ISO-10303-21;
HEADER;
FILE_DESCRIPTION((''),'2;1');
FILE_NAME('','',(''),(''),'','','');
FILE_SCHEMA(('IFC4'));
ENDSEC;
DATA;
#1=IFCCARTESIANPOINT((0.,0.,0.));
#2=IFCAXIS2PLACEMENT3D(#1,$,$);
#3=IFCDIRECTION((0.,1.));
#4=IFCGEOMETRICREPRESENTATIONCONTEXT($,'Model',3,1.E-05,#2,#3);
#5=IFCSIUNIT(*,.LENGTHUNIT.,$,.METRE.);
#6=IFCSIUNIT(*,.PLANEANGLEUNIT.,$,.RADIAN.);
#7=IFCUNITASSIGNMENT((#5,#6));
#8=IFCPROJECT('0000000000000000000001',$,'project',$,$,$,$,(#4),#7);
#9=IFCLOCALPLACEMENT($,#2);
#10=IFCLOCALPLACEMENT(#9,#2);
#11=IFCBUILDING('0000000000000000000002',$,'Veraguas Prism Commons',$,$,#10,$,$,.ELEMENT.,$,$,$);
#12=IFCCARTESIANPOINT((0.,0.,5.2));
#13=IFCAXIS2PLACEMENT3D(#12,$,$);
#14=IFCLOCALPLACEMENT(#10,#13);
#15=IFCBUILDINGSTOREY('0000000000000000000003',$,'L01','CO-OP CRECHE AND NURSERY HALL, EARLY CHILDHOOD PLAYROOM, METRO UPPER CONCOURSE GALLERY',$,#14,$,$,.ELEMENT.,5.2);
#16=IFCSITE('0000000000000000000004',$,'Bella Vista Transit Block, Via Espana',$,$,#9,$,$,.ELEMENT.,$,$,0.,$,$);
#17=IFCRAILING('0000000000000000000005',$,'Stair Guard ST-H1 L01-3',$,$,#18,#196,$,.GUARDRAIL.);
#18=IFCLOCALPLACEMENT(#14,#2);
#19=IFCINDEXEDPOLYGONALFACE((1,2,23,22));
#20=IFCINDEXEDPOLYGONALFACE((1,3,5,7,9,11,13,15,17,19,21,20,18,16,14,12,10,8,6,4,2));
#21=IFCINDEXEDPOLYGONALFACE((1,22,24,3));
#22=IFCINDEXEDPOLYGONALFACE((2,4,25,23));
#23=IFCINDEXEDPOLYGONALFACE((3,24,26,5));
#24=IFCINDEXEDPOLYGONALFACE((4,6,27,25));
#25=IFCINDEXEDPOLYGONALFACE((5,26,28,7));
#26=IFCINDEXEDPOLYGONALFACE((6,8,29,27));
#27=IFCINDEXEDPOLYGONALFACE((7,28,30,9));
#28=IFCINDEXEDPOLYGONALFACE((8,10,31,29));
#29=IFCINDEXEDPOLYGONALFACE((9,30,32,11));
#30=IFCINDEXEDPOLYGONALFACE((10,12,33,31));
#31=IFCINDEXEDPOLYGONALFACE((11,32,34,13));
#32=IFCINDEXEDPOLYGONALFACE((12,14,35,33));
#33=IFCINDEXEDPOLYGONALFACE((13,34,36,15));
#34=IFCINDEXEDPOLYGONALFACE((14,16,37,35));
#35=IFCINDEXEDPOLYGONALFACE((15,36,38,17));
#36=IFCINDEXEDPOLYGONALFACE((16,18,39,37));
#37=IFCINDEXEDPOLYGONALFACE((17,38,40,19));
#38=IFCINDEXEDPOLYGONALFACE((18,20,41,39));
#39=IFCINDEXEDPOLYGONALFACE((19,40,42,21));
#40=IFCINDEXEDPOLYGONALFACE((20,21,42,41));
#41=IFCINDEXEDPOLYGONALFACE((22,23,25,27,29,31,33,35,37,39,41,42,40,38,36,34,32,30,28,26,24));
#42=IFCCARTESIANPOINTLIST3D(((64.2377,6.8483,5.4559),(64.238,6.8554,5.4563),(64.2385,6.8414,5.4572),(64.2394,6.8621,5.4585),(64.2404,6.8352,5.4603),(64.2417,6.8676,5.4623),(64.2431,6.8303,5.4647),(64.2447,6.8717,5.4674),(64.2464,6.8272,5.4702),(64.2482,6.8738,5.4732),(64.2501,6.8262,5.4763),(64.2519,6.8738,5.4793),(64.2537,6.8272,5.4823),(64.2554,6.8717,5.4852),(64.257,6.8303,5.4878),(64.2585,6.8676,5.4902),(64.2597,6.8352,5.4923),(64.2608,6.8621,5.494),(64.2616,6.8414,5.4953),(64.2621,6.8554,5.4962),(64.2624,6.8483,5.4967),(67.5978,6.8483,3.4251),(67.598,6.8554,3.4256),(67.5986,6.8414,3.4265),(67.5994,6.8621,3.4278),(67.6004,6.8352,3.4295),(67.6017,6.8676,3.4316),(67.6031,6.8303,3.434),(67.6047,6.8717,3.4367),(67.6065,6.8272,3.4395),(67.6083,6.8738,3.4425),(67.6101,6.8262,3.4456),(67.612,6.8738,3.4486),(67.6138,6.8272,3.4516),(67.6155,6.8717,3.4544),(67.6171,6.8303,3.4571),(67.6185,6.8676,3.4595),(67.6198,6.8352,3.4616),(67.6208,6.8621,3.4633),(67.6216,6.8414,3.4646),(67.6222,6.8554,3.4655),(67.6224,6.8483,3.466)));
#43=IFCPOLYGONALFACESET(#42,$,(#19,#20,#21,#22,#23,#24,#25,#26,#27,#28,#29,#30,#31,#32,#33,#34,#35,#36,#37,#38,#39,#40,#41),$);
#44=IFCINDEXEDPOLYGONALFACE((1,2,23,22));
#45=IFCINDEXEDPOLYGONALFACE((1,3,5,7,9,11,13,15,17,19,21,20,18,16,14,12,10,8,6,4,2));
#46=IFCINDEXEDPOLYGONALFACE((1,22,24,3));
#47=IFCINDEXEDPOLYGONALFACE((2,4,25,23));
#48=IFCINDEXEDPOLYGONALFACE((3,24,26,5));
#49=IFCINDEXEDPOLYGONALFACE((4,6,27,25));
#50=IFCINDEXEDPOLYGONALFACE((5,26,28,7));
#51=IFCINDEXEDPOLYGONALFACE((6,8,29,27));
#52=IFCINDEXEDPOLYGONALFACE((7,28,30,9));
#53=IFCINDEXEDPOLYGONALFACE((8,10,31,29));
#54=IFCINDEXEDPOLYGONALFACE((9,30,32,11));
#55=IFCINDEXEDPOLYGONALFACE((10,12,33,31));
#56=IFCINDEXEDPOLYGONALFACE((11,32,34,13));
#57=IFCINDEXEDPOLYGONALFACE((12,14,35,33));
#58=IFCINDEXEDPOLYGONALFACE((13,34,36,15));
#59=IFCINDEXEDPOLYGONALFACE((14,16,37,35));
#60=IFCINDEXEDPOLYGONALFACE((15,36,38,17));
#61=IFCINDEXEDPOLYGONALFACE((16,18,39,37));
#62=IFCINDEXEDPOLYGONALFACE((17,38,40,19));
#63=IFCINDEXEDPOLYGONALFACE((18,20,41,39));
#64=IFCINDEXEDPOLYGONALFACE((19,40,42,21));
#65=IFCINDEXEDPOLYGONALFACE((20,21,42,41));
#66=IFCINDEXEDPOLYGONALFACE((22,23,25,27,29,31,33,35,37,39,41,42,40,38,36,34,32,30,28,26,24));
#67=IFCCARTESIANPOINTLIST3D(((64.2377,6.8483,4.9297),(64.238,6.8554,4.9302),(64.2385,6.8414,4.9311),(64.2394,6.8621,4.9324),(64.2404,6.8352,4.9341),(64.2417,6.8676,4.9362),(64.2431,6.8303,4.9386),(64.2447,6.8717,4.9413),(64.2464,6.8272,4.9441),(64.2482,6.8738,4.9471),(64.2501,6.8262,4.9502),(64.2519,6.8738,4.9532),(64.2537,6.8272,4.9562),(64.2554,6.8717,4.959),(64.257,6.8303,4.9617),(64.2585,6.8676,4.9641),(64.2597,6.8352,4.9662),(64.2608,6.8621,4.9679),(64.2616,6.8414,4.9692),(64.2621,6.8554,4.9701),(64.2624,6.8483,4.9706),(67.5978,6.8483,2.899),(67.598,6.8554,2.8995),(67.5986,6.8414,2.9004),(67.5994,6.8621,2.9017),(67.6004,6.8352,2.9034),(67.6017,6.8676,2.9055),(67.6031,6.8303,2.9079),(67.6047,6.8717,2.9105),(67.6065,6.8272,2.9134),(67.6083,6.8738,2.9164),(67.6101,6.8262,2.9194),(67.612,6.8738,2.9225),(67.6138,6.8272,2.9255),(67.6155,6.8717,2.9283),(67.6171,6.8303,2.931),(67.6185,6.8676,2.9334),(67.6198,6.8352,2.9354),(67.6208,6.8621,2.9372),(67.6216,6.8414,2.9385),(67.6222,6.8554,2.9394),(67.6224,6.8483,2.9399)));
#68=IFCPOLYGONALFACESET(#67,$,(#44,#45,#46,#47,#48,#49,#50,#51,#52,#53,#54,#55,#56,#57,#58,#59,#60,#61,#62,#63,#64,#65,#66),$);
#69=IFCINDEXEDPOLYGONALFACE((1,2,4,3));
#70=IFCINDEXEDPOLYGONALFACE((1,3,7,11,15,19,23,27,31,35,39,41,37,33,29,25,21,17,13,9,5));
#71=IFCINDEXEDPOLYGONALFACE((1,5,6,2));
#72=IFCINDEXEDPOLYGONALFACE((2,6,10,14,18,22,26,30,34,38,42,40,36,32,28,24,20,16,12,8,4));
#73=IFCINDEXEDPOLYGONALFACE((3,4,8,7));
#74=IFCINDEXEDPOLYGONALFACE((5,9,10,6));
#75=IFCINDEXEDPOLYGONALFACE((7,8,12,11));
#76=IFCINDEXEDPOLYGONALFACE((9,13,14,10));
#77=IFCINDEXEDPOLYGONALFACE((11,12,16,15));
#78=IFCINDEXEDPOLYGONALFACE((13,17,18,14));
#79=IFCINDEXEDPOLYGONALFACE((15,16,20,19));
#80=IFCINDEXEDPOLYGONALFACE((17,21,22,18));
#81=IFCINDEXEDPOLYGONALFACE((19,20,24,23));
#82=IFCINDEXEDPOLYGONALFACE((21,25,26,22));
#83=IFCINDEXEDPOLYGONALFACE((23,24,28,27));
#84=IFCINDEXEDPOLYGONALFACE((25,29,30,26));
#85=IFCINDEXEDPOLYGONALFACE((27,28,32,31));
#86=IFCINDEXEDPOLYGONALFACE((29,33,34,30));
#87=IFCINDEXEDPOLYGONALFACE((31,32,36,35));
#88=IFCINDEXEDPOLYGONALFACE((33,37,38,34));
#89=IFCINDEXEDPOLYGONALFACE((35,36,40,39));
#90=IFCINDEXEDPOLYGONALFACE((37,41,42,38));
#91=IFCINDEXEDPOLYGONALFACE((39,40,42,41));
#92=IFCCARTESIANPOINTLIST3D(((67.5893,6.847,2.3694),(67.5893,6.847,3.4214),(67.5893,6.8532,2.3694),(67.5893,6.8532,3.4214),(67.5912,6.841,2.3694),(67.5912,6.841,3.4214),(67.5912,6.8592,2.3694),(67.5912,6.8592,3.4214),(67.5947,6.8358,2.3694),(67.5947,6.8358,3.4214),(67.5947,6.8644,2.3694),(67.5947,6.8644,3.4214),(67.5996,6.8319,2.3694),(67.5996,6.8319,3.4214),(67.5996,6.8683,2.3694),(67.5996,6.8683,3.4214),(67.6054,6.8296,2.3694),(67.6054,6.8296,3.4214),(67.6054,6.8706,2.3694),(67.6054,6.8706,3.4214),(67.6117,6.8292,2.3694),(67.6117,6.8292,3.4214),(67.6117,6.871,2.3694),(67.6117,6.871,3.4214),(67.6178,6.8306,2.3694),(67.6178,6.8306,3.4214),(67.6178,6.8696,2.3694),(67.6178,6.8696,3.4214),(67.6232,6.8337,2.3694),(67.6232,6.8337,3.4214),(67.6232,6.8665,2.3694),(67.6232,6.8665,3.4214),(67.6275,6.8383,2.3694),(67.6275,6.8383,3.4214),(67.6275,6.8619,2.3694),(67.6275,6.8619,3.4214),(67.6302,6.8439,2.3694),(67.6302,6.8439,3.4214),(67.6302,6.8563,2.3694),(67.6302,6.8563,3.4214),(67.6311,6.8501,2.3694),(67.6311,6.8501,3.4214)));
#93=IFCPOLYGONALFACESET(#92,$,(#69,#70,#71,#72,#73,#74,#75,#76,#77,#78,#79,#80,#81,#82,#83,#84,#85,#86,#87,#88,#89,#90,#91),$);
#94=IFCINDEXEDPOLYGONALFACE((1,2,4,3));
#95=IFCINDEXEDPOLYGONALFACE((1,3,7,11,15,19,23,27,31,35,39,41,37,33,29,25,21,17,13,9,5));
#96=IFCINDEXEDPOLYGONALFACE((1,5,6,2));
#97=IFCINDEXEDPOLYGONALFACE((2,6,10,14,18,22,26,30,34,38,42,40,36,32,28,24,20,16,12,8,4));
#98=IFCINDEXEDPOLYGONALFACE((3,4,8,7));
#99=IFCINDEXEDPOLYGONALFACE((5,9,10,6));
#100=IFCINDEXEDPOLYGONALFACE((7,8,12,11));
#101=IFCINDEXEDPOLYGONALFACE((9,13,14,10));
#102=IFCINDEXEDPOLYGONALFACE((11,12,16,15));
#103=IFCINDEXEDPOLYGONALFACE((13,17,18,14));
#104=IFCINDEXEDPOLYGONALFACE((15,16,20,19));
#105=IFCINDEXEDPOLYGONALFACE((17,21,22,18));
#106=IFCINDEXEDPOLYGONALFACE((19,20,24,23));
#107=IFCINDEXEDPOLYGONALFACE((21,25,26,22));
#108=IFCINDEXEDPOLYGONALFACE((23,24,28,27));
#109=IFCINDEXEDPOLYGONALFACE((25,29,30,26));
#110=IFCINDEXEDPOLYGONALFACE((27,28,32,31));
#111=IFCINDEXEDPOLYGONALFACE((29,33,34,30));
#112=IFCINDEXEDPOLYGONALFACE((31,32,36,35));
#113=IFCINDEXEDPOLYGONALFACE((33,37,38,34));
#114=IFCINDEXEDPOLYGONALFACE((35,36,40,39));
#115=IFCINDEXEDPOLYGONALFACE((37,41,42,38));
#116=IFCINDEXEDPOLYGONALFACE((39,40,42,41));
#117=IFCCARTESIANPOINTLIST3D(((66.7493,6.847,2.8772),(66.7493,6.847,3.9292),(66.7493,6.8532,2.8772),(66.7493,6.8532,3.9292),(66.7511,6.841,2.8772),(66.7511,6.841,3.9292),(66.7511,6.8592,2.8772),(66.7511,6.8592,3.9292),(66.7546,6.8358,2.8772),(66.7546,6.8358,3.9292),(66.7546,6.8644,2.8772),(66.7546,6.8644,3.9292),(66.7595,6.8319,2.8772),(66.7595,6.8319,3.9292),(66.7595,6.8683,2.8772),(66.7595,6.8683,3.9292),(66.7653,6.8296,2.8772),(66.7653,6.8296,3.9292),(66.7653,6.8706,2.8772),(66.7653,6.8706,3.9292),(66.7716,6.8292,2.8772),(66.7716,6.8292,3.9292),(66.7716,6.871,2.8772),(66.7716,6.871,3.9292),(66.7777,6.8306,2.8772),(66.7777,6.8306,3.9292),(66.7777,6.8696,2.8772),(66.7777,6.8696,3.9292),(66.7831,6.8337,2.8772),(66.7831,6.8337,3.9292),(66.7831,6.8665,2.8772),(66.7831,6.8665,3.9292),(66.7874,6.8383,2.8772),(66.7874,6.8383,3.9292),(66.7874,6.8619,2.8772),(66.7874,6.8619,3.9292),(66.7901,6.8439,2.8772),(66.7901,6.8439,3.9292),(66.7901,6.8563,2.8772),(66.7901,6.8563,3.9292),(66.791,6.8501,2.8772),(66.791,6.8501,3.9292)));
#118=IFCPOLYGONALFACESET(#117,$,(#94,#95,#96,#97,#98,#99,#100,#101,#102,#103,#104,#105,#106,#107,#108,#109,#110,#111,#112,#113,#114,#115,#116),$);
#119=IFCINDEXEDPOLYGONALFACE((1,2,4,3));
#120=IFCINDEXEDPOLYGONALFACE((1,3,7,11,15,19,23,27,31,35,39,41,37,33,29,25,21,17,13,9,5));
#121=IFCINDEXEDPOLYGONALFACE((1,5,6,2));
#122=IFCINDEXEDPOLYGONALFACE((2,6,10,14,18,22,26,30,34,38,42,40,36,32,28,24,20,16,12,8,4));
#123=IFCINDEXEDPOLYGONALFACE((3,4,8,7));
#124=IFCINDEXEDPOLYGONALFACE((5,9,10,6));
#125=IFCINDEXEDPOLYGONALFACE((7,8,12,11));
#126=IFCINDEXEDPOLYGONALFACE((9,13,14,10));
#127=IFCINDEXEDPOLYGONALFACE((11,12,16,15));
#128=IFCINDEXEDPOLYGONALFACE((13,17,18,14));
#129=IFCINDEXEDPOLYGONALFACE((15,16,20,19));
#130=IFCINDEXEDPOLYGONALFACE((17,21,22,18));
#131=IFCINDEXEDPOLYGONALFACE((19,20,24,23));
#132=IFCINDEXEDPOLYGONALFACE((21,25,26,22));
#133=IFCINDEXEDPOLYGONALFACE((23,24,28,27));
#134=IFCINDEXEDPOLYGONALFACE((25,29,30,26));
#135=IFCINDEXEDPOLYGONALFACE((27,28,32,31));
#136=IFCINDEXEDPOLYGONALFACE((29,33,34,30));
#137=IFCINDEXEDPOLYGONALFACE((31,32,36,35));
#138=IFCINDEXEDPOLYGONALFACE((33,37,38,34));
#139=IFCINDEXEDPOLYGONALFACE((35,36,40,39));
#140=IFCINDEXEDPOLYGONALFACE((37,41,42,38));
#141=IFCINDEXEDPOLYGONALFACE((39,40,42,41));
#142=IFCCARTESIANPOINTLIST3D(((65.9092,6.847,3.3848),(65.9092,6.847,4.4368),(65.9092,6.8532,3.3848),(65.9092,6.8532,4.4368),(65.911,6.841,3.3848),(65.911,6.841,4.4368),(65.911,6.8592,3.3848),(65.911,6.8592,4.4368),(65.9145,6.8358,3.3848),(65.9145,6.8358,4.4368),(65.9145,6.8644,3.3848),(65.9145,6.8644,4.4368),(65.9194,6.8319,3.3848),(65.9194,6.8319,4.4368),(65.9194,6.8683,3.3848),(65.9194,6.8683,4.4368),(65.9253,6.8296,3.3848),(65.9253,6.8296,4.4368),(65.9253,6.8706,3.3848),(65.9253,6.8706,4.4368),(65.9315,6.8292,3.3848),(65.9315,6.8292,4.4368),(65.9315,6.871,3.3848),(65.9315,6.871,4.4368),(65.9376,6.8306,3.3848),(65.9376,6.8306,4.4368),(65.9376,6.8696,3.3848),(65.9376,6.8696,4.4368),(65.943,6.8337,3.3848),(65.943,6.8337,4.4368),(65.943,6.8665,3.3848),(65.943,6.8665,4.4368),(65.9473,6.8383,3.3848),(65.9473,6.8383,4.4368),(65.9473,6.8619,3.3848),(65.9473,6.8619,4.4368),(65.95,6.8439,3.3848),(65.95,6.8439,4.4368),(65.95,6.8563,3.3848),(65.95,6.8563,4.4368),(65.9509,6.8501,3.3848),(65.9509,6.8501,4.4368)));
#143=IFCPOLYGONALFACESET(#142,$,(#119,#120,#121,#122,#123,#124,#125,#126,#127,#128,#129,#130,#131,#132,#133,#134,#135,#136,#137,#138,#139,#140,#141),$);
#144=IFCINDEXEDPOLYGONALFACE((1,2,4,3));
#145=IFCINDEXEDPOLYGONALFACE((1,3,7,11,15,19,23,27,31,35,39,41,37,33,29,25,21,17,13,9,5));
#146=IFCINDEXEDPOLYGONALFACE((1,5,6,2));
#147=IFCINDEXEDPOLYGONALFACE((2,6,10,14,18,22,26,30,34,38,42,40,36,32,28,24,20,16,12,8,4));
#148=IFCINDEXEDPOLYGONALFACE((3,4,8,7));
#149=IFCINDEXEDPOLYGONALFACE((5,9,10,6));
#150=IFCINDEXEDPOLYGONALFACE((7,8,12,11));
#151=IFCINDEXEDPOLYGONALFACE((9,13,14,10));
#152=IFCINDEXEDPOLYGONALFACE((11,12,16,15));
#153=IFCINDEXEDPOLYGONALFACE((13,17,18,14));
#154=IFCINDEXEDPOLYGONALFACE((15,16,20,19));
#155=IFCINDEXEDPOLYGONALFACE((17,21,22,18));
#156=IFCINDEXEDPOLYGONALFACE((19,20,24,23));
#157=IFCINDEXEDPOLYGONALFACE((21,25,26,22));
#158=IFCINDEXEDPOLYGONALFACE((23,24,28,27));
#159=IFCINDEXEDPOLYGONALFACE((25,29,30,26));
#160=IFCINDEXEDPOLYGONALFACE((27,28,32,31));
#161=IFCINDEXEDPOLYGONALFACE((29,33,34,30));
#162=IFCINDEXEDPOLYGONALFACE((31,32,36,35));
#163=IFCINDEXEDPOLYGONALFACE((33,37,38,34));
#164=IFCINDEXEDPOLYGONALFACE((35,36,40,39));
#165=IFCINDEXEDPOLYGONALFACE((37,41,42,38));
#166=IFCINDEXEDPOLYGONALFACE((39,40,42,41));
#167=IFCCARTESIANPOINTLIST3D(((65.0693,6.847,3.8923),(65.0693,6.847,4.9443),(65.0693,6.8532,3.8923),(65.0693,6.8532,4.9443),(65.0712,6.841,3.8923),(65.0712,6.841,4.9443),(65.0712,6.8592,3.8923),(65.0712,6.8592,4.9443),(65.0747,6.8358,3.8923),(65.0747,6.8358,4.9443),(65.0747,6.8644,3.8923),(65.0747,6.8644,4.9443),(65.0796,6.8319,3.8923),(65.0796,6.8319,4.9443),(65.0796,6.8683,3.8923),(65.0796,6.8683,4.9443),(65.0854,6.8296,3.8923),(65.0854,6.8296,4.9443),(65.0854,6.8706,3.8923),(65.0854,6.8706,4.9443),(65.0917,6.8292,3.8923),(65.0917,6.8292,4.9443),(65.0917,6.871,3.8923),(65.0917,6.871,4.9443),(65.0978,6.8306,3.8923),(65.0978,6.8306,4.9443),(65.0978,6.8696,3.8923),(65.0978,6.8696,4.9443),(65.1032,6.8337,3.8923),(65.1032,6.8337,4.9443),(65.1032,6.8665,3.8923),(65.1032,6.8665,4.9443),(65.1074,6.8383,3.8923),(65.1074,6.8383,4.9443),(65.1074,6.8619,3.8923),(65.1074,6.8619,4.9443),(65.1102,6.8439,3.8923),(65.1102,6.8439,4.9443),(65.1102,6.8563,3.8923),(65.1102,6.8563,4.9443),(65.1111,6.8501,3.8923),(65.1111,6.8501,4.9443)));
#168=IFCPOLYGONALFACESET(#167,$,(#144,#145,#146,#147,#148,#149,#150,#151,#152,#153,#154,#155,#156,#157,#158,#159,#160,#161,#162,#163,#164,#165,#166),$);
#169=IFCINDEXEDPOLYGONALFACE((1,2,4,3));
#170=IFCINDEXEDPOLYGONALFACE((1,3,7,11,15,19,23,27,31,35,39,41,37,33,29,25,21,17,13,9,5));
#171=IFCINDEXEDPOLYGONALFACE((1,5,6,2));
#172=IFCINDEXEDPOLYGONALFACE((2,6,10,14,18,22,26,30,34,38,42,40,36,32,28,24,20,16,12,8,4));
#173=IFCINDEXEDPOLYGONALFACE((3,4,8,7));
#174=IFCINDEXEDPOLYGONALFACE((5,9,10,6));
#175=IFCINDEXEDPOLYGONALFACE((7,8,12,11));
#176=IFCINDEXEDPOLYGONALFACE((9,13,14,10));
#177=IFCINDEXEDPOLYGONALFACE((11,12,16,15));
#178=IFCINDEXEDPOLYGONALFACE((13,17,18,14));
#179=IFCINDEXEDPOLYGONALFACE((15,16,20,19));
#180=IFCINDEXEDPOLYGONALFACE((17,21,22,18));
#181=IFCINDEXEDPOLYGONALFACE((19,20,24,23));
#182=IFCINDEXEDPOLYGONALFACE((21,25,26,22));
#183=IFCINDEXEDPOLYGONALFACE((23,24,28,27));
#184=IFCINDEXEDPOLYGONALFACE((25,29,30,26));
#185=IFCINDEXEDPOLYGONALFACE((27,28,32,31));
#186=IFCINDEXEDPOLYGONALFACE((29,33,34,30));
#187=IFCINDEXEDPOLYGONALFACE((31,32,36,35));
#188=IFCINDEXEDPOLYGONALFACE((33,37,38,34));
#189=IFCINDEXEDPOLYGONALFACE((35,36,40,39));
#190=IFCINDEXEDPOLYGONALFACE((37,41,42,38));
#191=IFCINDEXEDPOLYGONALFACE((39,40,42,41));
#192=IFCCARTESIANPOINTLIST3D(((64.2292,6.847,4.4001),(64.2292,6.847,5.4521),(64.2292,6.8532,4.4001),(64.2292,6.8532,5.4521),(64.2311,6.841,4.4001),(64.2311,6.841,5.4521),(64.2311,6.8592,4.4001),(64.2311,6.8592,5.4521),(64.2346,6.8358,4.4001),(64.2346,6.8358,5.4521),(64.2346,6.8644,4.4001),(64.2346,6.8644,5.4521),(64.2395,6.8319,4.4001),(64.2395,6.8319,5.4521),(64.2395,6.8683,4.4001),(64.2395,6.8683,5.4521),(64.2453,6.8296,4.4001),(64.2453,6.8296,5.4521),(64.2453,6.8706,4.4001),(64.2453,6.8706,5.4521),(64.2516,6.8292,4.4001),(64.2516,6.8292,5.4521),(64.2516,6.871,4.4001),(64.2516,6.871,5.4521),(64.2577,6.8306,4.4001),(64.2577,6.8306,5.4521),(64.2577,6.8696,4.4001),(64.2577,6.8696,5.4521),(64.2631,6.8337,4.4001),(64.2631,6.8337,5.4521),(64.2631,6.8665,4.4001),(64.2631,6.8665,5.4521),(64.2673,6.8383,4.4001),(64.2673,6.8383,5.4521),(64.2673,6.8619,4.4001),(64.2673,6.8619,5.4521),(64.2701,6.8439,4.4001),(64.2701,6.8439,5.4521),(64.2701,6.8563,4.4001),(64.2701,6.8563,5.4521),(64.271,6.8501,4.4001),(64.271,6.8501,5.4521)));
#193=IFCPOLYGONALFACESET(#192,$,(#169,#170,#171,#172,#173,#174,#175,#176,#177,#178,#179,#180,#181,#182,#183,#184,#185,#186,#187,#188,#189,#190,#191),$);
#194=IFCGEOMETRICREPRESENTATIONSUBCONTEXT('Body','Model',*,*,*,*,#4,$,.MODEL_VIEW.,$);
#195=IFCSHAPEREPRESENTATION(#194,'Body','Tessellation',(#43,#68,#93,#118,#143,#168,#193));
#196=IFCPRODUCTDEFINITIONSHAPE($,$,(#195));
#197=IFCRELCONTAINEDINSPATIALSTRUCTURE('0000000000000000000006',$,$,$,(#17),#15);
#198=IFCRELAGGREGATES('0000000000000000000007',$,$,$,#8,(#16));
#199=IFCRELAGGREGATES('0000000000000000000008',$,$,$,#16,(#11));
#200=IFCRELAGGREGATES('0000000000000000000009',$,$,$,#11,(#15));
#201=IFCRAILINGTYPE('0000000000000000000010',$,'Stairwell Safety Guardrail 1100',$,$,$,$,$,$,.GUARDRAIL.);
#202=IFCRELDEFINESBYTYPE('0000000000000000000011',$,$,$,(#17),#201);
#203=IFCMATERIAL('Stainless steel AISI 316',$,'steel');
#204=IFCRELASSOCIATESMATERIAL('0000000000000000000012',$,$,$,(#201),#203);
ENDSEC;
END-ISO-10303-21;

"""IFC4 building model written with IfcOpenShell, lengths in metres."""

from ifc_helpers import new_model, si_unit, direction, frame, origin, origin_2d, place, context, subcontext, project, spatial, circle, extrude, material, type_object, element, save


model = new_model("IFC4")

# Units and contexts
model_context = context("Model", 3, precision=1e-05, world=origin(), true_north=direction((0.0, 1.0)))
body_context = subcontext(model_context, "Body", "Model", "MODEL_VIEW")
ifc_project = project(units=[si_unit("LENGTHUNIT", "METRE"), si_unit("PLANEANGLEUNIT", "RADIAN")], contexts=[model_context])

# Site, building, storey
site_placement = place(None, origin())
site = spatial("IfcSite", under=ifc_project, at=site_placement, Name="Bella Vista Transit Block, Via Espana", CompositionType="ELEMENT", RefElevation=0.0)
building_placement = place(site_placement, origin())
building = spatial("IfcBuilding", under=site, at=building_placement, Name="Veraguas Prism Commons", CompositionType="ELEMENT")
storey_placement = place(building_placement, frame((0.0, 0.0, 5.2)))
storey = spatial("IfcBuildingStorey", under=building, at=storey_placement, Name="L01", Description="CO-OP CRECHE AND NURSERY HALL, EARLY CHILDHOOD PLAYROOM, METRO UPPER CONCOURSE GALLERY", CompositionType="ELEMENT", Elevation=5.2)

# Shared definitions
ifc_material_1 = material(Name="Stainless steel AISI 316", Category="steel")

# Railing
railing_type_1 = type_object("IfcRailingType", Name="Stairwell Safety Guardrail 1100", PredefinedType="GUARDRAIL", material=ifc_material_1)
railing_1_placement = place(storey_placement, frame((67.6101, 6.8501, 2.3694)))
element("IfcRailing", 1, at=railing_1_placement, inside=storey, type_object=railing_type_1, Name="Stair Guard ST-H1 L01-3", PredefinedType="GUARDRAIL", context=body_context, shape_type="SweptSolid", body=[
    extrude(circle(Radius=0.0239, at=origin_2d()), frame((0.0, 0.0, 1.0762), z_axis=(-0.855837, 0.0, 0.517246), x_axis=(0.0, -1.0, 0.0)), (0.0, 0.0, 1.0), 3.926),
    extrude(circle(Radius=0.0239, at=origin_2d()), frame((0.0, 0.0, 0.55), z_axis=(-0.855837, 0.0, 0.517246), x_axis=(0.0, -1.0, 0.0)), (0.0, 0.0, 1.0), 3.926),
    extrude(circle(Radius=0.021, at=origin_2d()), origin(), (0.0, 0.0, 1.0), 1.052),
    extrude(circle(Radius=0.021, at=origin_2d()), frame((-0.8401, 0.0, 0.5078)), (0.0, 0.0, 1.0), 1.052),
    extrude(circle(Radius=0.021, at=origin_2d()), frame((-1.6802, 0.0, 1.0154)), (0.0, 0.0, 1.0), 1.052),
    extrude(circle(Radius=0.021, at=origin_2d()), frame((-2.52, 0.0, 1.5229)), (0.0, 0.0, 1.0), 1.052),
    extrude(circle(Radius=0.021, at=origin_2d()), frame((-3.3601, 0.0, 2.0308)), (0.0, 0.0, 1.0), 1.052),
])

save(model, "model.ifc")
